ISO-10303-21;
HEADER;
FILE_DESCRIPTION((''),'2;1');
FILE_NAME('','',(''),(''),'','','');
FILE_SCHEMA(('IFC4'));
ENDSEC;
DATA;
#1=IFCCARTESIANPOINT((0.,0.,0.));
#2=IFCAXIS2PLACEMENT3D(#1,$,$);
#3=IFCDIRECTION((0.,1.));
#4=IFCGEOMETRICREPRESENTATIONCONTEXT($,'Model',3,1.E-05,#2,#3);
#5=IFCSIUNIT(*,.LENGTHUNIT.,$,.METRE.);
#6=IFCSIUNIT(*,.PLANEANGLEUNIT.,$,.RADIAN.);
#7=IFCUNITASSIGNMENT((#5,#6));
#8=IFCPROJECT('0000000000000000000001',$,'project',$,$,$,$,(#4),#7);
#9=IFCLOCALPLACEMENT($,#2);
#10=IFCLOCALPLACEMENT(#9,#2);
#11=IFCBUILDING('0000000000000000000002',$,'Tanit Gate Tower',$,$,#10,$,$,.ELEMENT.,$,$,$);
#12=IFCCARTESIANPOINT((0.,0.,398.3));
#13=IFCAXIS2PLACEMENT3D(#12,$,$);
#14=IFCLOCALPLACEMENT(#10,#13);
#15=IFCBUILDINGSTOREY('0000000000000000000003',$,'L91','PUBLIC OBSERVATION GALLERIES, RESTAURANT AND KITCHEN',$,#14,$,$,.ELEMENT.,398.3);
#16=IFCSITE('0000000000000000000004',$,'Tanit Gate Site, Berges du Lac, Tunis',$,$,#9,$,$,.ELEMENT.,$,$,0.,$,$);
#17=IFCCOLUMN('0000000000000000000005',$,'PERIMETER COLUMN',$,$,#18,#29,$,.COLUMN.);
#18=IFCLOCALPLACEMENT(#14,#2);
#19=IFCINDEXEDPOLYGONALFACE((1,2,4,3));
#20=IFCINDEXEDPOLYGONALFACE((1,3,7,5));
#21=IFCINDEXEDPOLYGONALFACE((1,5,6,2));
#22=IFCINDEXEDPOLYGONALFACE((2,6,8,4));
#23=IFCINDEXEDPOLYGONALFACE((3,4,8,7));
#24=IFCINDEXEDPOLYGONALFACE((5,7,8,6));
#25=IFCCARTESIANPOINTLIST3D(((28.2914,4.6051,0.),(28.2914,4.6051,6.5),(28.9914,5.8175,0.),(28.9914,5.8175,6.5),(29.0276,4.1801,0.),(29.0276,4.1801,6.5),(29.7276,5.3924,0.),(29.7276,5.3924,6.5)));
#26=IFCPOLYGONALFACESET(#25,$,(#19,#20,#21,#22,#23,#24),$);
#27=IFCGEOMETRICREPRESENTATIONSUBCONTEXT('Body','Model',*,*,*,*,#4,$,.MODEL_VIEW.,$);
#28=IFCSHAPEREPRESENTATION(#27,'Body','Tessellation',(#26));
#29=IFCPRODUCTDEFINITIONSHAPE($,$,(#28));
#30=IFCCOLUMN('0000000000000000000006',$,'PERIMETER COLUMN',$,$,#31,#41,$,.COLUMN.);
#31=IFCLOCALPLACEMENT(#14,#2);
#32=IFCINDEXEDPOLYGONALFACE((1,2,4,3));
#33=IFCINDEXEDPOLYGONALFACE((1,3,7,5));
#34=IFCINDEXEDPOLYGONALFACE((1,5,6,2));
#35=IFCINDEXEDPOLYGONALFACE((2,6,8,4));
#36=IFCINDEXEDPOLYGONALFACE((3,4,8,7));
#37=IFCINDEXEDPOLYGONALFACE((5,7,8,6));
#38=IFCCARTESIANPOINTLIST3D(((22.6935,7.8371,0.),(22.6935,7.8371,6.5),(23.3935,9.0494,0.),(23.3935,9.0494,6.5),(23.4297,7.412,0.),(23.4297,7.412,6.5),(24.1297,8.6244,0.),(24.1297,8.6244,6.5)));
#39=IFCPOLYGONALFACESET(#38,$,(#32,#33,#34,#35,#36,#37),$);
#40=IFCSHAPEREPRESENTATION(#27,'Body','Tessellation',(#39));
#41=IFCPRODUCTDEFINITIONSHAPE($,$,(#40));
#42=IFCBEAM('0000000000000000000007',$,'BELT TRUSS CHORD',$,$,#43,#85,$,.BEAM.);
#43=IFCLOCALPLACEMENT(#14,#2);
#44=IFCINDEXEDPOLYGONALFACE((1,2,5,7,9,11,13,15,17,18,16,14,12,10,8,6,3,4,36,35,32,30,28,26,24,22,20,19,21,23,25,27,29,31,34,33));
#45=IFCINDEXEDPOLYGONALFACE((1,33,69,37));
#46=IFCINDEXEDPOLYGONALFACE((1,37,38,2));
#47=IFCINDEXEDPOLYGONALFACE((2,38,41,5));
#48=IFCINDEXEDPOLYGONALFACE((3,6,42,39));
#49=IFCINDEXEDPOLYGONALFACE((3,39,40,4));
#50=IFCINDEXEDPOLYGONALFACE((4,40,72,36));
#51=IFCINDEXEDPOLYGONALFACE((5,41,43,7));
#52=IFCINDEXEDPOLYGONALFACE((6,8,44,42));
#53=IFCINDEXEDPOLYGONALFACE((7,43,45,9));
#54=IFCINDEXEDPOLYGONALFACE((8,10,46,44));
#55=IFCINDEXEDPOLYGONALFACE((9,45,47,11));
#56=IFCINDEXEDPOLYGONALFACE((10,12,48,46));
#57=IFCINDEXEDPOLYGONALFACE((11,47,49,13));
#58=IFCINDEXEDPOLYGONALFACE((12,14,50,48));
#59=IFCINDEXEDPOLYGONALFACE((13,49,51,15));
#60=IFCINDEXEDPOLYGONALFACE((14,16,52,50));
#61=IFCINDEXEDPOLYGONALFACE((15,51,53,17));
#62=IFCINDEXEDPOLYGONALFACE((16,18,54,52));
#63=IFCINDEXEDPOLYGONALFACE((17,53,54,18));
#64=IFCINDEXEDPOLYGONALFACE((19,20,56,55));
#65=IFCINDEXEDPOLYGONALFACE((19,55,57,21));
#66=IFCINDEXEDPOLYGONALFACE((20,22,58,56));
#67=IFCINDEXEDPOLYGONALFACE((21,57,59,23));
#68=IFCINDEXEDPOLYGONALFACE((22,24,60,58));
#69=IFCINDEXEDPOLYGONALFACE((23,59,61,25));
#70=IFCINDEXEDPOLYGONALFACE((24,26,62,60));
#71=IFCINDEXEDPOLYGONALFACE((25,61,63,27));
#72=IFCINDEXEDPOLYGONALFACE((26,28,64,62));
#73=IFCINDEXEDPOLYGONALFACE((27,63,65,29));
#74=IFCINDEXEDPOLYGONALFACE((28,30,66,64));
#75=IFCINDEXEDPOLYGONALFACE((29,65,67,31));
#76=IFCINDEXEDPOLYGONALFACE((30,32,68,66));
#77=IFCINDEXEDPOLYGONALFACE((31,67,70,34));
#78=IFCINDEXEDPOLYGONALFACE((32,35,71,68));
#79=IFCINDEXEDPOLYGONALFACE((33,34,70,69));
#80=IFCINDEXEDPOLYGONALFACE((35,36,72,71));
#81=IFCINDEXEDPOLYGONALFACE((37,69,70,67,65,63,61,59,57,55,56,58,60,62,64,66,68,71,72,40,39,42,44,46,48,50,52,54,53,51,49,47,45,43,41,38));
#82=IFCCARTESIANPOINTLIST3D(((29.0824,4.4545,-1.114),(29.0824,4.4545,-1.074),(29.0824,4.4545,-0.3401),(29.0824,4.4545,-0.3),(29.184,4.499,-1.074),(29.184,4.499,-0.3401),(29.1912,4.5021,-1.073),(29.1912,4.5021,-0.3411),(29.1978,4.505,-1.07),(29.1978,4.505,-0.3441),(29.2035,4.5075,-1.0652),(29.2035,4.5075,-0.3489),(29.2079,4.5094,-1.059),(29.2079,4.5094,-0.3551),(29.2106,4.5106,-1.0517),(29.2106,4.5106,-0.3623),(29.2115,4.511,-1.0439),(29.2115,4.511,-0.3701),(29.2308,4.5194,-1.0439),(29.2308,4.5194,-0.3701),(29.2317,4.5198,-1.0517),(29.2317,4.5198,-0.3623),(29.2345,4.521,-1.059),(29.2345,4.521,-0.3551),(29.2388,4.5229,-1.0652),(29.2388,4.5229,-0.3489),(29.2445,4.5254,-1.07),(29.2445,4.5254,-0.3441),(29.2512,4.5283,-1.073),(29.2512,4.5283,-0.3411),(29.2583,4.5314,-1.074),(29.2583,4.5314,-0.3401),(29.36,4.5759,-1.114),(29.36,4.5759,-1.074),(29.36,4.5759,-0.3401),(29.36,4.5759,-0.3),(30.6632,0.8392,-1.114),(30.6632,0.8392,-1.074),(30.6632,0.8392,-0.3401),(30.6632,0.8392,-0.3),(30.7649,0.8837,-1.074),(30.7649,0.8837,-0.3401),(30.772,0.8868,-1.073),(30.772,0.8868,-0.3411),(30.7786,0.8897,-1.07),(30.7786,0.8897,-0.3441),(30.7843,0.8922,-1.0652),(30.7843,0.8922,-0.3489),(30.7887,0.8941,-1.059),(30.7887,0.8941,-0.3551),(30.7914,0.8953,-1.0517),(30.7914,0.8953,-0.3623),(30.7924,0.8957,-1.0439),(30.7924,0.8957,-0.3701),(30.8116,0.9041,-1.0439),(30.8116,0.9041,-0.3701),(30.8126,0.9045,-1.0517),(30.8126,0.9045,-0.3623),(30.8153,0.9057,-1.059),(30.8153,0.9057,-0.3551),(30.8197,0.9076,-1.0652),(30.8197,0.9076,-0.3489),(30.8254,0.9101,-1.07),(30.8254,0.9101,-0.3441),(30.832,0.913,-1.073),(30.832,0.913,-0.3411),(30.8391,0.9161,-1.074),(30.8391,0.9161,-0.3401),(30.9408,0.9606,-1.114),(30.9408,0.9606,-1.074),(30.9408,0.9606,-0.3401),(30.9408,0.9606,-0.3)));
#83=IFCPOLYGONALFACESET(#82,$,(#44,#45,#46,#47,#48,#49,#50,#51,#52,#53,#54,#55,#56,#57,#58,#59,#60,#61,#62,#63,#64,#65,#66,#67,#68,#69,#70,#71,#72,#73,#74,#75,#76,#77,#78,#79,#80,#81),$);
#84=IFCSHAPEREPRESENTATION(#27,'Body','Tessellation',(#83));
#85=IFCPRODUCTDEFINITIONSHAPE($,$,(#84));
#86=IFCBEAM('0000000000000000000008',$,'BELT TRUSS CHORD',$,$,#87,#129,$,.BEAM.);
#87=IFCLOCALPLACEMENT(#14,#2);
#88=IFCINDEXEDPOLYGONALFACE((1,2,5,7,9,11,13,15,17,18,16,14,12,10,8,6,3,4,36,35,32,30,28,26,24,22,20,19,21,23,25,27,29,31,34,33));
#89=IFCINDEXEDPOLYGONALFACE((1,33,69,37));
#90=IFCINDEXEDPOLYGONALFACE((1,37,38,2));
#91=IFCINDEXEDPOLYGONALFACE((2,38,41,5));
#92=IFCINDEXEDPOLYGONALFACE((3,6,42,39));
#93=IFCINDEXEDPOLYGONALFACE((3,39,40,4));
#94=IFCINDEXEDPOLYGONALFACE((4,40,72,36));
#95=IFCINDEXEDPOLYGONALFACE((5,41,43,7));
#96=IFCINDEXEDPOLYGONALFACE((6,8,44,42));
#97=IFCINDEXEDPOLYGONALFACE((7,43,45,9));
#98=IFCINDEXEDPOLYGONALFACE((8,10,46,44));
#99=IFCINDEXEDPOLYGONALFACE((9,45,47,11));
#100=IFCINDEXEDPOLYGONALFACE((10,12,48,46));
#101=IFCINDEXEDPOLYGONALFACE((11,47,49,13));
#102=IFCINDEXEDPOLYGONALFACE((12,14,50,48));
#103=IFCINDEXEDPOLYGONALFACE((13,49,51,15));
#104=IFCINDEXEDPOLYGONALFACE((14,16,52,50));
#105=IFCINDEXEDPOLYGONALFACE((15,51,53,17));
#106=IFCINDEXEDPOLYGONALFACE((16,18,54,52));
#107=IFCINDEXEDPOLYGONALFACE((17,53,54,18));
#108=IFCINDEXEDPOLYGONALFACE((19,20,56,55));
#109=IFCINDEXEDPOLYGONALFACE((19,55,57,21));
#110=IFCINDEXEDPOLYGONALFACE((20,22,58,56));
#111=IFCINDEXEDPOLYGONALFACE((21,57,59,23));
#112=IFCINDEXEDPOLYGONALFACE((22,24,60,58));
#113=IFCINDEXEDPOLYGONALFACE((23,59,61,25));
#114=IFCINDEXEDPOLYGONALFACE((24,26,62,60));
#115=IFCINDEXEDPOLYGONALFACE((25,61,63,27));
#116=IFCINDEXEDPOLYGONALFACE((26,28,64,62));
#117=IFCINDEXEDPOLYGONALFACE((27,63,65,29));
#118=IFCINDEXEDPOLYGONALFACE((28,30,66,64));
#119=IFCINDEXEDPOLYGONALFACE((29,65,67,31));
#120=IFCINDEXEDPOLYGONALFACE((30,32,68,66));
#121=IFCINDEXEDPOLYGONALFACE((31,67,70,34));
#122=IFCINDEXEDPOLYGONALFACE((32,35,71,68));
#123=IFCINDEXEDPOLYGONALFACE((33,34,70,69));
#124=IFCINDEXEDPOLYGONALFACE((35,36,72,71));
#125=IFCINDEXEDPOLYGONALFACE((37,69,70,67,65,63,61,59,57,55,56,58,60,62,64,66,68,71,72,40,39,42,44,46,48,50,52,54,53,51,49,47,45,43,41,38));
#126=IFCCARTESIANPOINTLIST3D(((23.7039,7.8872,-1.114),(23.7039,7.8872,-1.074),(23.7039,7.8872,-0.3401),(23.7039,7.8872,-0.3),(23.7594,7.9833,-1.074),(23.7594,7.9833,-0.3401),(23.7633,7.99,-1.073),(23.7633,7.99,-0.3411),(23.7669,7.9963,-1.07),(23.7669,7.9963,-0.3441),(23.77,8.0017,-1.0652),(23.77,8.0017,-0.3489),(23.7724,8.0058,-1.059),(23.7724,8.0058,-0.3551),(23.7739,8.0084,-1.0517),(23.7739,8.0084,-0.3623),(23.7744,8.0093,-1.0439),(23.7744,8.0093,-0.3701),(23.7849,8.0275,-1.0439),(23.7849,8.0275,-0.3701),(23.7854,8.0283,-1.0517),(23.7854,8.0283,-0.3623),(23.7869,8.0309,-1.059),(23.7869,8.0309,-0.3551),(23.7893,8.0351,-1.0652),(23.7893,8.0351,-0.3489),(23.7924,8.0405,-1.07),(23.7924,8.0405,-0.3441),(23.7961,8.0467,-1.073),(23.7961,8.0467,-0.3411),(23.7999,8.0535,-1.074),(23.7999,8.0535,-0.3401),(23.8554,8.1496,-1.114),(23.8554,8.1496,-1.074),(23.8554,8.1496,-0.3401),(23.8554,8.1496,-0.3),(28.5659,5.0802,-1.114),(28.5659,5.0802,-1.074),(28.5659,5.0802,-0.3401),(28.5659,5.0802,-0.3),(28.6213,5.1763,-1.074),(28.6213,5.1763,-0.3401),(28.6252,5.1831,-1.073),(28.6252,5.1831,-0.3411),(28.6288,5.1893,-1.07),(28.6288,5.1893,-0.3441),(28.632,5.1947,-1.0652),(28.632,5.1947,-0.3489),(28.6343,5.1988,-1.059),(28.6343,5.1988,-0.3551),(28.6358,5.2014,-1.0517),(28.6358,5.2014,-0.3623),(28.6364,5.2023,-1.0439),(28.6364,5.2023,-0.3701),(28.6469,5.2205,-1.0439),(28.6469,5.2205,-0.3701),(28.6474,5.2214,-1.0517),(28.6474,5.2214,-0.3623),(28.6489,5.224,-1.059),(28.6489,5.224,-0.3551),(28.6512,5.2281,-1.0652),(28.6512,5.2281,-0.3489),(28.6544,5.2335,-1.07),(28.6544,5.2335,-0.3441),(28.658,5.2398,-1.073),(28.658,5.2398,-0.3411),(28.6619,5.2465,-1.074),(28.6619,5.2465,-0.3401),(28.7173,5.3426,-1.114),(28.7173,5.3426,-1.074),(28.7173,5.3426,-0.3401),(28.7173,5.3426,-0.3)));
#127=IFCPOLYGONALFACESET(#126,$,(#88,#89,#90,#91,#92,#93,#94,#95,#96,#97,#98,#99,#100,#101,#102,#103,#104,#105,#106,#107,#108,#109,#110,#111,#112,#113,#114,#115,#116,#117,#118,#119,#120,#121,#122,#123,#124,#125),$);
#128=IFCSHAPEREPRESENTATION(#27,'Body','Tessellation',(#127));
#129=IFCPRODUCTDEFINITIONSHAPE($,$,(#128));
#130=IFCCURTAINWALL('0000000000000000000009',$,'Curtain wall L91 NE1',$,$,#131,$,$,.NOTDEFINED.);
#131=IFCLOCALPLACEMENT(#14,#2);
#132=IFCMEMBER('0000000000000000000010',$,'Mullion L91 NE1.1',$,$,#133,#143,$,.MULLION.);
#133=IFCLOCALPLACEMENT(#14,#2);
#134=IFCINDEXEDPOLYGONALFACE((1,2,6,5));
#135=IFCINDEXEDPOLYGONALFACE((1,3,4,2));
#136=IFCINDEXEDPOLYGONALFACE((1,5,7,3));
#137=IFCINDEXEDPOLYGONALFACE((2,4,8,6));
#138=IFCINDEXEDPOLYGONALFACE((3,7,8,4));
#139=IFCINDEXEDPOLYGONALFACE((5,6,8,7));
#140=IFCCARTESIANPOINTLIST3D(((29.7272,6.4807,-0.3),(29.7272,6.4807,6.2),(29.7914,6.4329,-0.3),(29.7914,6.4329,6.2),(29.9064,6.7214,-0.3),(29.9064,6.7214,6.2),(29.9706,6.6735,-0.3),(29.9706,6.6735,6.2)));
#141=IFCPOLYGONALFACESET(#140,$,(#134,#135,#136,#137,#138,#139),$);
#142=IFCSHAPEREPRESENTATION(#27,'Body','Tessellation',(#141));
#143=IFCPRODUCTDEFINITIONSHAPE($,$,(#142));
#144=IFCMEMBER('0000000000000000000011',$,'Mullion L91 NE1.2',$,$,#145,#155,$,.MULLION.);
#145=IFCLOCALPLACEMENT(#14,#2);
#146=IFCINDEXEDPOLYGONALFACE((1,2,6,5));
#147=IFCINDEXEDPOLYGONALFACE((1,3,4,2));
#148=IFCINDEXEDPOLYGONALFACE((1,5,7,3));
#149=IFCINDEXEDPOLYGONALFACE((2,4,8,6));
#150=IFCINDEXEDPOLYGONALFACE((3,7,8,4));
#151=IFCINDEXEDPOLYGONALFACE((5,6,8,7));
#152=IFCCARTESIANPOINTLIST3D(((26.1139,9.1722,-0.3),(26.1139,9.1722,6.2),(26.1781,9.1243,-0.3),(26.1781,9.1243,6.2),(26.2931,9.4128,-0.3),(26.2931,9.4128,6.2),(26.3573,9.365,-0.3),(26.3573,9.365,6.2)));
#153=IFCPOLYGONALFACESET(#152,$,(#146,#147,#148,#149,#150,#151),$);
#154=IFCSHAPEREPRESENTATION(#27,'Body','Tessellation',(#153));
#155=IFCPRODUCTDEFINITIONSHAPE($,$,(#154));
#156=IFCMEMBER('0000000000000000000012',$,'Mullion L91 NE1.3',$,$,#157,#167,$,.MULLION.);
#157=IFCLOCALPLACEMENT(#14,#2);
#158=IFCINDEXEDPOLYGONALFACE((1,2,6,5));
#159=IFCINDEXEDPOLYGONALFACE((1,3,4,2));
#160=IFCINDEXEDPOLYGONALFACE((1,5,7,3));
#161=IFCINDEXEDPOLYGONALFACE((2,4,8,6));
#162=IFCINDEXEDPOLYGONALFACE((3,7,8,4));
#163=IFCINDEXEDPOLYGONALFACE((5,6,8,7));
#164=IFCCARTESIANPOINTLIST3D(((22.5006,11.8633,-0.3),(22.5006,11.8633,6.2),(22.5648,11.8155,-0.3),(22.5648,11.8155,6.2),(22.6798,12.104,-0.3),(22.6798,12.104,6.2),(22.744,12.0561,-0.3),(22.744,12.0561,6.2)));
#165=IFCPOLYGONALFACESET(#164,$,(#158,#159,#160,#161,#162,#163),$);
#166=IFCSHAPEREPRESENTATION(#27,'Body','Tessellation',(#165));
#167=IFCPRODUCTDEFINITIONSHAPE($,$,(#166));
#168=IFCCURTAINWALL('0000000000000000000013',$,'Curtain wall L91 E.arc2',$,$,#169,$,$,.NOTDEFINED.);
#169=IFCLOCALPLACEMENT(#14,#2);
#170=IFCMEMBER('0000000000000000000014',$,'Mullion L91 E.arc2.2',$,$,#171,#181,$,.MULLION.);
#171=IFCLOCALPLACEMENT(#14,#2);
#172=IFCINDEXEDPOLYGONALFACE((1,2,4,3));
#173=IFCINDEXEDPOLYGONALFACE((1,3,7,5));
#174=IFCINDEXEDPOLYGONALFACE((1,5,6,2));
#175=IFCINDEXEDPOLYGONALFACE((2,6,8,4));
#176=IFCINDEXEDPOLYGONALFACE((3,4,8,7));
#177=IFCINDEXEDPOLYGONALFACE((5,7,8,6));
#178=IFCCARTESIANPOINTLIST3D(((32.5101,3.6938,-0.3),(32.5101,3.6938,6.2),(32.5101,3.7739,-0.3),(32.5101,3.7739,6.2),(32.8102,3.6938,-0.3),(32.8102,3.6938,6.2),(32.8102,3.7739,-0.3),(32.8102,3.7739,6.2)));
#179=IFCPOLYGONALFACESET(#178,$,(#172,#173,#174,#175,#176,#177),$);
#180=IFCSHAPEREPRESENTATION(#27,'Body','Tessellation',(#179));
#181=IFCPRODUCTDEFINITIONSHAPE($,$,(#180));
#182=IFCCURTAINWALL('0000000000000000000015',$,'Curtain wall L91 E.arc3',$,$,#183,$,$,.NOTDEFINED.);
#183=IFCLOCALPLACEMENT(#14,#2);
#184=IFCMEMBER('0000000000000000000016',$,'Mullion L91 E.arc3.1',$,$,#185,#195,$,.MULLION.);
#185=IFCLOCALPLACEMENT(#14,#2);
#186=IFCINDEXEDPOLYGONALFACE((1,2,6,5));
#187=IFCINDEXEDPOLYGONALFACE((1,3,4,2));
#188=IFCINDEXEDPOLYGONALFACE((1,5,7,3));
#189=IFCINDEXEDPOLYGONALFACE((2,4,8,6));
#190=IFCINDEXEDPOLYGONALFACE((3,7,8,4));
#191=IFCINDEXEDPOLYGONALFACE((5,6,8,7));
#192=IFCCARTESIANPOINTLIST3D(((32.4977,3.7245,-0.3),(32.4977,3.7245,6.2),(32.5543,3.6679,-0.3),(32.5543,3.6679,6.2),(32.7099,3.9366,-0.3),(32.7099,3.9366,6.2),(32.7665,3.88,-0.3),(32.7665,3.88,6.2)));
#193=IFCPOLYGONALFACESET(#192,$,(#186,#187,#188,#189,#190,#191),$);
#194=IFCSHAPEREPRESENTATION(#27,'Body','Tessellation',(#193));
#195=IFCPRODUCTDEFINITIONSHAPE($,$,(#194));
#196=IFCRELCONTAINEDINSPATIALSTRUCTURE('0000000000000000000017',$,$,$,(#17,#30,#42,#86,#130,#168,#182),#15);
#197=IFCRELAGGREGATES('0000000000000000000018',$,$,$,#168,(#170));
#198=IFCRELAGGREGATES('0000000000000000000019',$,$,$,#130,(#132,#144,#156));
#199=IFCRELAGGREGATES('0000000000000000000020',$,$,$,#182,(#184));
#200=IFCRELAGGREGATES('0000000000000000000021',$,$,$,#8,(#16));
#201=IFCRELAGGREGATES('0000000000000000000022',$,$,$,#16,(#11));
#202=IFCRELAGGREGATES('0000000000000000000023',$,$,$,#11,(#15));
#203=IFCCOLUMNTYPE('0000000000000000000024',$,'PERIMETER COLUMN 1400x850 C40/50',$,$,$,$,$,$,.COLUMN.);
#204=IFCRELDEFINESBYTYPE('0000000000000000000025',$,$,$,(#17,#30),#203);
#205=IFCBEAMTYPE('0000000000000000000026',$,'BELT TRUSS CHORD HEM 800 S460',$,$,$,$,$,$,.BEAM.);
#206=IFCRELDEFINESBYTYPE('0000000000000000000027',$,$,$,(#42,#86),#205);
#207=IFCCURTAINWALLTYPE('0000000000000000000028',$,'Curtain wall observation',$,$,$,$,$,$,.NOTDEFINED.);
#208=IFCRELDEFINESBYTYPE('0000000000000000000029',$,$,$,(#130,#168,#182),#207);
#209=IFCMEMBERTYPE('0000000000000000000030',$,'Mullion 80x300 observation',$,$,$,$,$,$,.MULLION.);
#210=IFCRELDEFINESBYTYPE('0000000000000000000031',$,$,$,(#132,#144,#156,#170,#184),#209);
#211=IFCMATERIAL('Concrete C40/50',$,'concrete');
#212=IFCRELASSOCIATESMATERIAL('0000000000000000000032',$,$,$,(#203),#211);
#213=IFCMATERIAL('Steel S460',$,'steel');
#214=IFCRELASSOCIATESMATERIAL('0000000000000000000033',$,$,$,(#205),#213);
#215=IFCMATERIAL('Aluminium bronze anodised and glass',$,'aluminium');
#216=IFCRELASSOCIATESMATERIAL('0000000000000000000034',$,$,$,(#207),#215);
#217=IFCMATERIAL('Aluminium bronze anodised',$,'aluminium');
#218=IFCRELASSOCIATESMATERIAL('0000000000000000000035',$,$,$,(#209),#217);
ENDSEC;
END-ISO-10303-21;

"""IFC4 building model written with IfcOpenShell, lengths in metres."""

from ifc_helpers import new_model, si_unit, direction, frame, origin, origin_2d, place, context, subcontext, project, spatial, rectangle, i_section, extrude, material, material_profile, profile_set, type_object, element, aggregate, save


model = new_model("IFC4")

# Units and contexts
model_context = context("Model", 3, precision=1e-05, world=origin(), true_north=direction((0.0, 1.0)))
body_context = subcontext(model_context, "Body", "Model", "MODEL_VIEW")
ifc_project = project(units=[si_unit("LENGTHUNIT", "METRE"), si_unit("PLANEANGLEUNIT", "RADIAN")], contexts=[model_context])

# Site, building, storey
site_placement = place(None, origin())
site = spatial("IfcSite", under=ifc_project, at=site_placement, Name="Tanit Gate Site, Berges du Lac, Tunis", CompositionType="ELEMENT", RefElevation=0.0)
building_placement = place(site_placement, origin())
building = spatial("IfcBuilding", under=site, at=building_placement, Name="Tanit Gate Tower", CompositionType="ELEMENT")
storey_placement = place(building_placement, frame((0.0, 0.0, 398.3)))
storey = spatial("IfcBuildingStorey", under=building, at=storey_placement, Name="L91", Description="PUBLIC OBSERVATION GALLERIES, RESTAURANT AND KITCHEN", CompositionType="ELEMENT", Elevation=398.3)

# Columns
ifc_material_1 = material(Name="Concrete C40/50", Category="concrete")
ifc_material_profile_1 = material_profile(ifc_material_1, rectangle(XDim=1.3999, YDim=0.8501, at=origin_2d()), Name="RC 1400x850")
ifc_profile_set_1 = profile_set([ifc_material_profile_1], Name="Concrete C40/50")
column_type = type_object("IfcColumnType", Name="PERIMETER COLUMN 1400x850 C40/50", PredefinedType="COLUMN", material=ifc_profile_set_1)
for number, where, z_axis, x_axis, name in (
    (1, (29.0095, 4.9988, 0.0), (0.0, 0.0, 1.0), (0.5, 0.866025, 0.0), "PERIMETER COLUMN"),
    (2, (23.4116, 8.2307, 0.0), (0.0, 0.0, 1.0), (0.5, 0.866025, 0.0), "PERIMETER COLUMN"),
):
    element("IfcColumn", number, at=place(storey_placement, frame(where, z_axis=z_axis, x_axis=x_axis)), inside=storey, type_object=column_type, Name=name, PredefinedType="COLUMN", context=body_context, shape_type="SweptSolid", body=[
        extrude(rectangle(XDim=1.3999, YDim=0.8501, at=origin_2d()), origin(), (0.0, 0.0, 1.0), 6.5),
    ])

# Beams
ifc_material_2 = material(Name="Steel S460", Category="steel")
ifc_material_profile_2 = material_profile(ifc_material_2, i_section(OverallWidth=0.303, OverallDepth=0.814, WebThickness=0.021, FlangeThickness=0.04, FilletRadius=0.03, at=origin_2d()), Name="HEM 800")
ifc_profile_set_2 = profile_set([ifc_material_profile_2], Name="Steel S460")
beam_type_1 = type_object("IfcBeamType", Name="BELT TRUSS CHORD HEM 800 S460", PredefinedType="BEAM", material=ifc_profile_set_2)
beam_1_placement = place(storey_placement, frame((30.802, 0.8999, -0.707), z_axis=(-0.400637, 0.916237, 0.0), x_axis=(-0.916237, -0.400637, 0.0)))
element("IfcBeam", 3, at=beam_1_placement, inside=storey, type_object=beam_type_1, Name="BELT TRUSS CHORD", PredefinedType="BEAM", context=body_context, shape_type="SweptSolid", body=[
    extrude(i_section(OverallWidth=0.303, OverallDepth=0.814, WebThickness=0.021, FlangeThickness=0.04, FilletRadius=0.03, at=origin_2d()), origin(), (0.0, 0.0, 1.0), 3.9458),
])
beam_2_placement = place(storey_placement, frame((28.6416, 5.2114, -0.707), z_axis=(-0.866032, 0.499988, 0.0), x_axis=(-0.499988, -0.866032, 0.0)))
element("IfcBeam", 4, at=beam_2_placement, inside=storey, type_object=beam_type_1, Name="BELT TRUSS CHORD", PredefinedType="BEAM", context=body_context, shape_type="SweptSolid", body=[
    extrude(i_section(OverallWidth=0.303, OverallDepth=0.814, WebThickness=0.021, FlangeThickness=0.04, FilletRadius=0.03, at=origin_2d()), origin(), (0.0, 0.0, 1.0), 5.614),
])

# Curtain wall, members
ifc_material_3 = material(Name="Aluminium bronze anodised and glass", Category="aluminium")
curtain_wall_type = type_object("IfcCurtainWallType", Name="Curtain wall observation", PredefinedType="NOTDEFINED", material=ifc_material_3)
curtain_wall_1_placement = place(storey_placement, origin())
curtain_wall_1 = element("IfcCurtainWall", 5, at=curtain_wall_1_placement, inside=storey, type_object=curtain_wall_type, Name="Curtain wall L91 NE1", PredefinedType="NOTDEFINED")
ifc_material_4 = material(Name="Aluminium bronze anodised", Category="aluminium")
ifc_material_profile_3 = material_profile(ifc_material_4, rectangle(XDim=0.3, YDim=0.0801, at=origin_2d()), Name="80x300 bronze mullion")
ifc_profile_set_3 = profile_set([ifc_material_profile_3], Name="Aluminium bronze anodised")
member_type_1 = type_object("IfcMemberType", Name="Mullion 80x300 observation", PredefinedType="MULLION", material=ifc_profile_set_3)
member_1_placement = place(storey_placement, frame((29.8489, 6.5771, -0.3), z_axis=(0.0, 0.0, 1.0), x_axis=(-0.597341, -0.801988, 0.0)))
member_1 = element("IfcMember", 6, at=member_1_placement, type_object=member_type_1, Name="Mullion L91 NE1.1", PredefinedType="MULLION", context=body_context, shape_type="SweptSolid", body=[
    extrude(rectangle(XDim=0.3, YDim=0.0801, at=origin_2d()), origin(), (0.0, 0.0, 1.0), 6.5),
])
member_2_placement = place(storey_placement, frame((26.2356, 9.2686, -0.3), z_axis=(0.0, 0.0, 1.0), x_axis=(-0.597341, -0.801988, 0.0)))
member_2 = element("IfcMember", 7, at=member_2_placement, type_object=member_type_1, Name="Mullion L91 NE1.2", PredefinedType="MULLION", context=body_context, shape_type="SweptSolid", body=[
    extrude(rectangle(XDim=0.3, YDim=0.0801, at=origin_2d()), origin(), (0.0, 0.0, 1.0), 6.5),
])
member_3_placement = place(storey_placement, frame((22.6223, 11.9597, -0.3), z_axis=(0.0, 0.0, 1.0), x_axis=(-0.597341, -0.801988, 0.0)))
member_3 = element("IfcMember", 8, at=member_3_placement, type_object=member_type_1, Name="Mullion L91 NE1.3", PredefinedType="MULLION", context=body_context, shape_type="SweptSolid", body=[
    extrude(rectangle(XDim=0.3, YDim=0.0801, at=origin_2d()), origin(), (0.0, 0.0, 1.0), 6.5),
])

# Curtain wall, member
curtain_wall_2_placement = place(storey_placement, origin())
curtain_wall_2 = element("IfcCurtainWall", 9, at=curtain_wall_2_placement, inside=storey, type_object=curtain_wall_type, Name="Curtain wall L91 E.arc2", PredefinedType="NOTDEFINED")
member_4_placement = place(storey_placement, frame((32.6602, 3.7339, -0.3), z_axis=(0.0, 0.0, 1.0), x_axis=(-1.0, 0.0, 0.0)))
member_4 = element("IfcMember", 10, at=member_4_placement, type_object=member_type_1, Name="Mullion L91 E.arc2.2", PredefinedType="MULLION", context=body_context, shape_type="SweptSolid", body=[
    extrude(rectangle(XDim=0.3, YDim=0.0801, at=origin_2d()), origin(), (0.0, 0.0, 1.0), 6.5),
])
aggregate(curtain_wall_2, [member_4])

# Curtain wall, member
curtain_wall_3_placement = place(storey_placement, origin())
curtain_wall_3 = element("IfcCurtainWall", 11, at=curtain_wall_3_placement, inside=storey, type_object=curtain_wall_type, Name="Curtain wall L91 E.arc3", PredefinedType="NOTDEFINED")
member_5_placement = place(storey_placement, frame((32.6321, 3.8022, -0.3), z_axis=(0.0, 0.0, 1.0), x_axis=(-0.707107, -0.707107, 0.0)))
member_5 = element("IfcMember", 12, at=member_5_placement, type_object=member_type_1, Name="Mullion L91 E.arc3.1", PredefinedType="MULLION", context=body_context, shape_type="SweptSolid", body=[
    extrude(rectangle(XDim=0.3, YDim=0.0801, at=origin_2d()), origin(), (0.0, 0.0, 1.0), 6.5),
])

aggregate(curtain_wall_1, [member_1, member_2, member_3])
aggregate(curtain_wall_3, [member_5])

save(model, "model.ifc")
